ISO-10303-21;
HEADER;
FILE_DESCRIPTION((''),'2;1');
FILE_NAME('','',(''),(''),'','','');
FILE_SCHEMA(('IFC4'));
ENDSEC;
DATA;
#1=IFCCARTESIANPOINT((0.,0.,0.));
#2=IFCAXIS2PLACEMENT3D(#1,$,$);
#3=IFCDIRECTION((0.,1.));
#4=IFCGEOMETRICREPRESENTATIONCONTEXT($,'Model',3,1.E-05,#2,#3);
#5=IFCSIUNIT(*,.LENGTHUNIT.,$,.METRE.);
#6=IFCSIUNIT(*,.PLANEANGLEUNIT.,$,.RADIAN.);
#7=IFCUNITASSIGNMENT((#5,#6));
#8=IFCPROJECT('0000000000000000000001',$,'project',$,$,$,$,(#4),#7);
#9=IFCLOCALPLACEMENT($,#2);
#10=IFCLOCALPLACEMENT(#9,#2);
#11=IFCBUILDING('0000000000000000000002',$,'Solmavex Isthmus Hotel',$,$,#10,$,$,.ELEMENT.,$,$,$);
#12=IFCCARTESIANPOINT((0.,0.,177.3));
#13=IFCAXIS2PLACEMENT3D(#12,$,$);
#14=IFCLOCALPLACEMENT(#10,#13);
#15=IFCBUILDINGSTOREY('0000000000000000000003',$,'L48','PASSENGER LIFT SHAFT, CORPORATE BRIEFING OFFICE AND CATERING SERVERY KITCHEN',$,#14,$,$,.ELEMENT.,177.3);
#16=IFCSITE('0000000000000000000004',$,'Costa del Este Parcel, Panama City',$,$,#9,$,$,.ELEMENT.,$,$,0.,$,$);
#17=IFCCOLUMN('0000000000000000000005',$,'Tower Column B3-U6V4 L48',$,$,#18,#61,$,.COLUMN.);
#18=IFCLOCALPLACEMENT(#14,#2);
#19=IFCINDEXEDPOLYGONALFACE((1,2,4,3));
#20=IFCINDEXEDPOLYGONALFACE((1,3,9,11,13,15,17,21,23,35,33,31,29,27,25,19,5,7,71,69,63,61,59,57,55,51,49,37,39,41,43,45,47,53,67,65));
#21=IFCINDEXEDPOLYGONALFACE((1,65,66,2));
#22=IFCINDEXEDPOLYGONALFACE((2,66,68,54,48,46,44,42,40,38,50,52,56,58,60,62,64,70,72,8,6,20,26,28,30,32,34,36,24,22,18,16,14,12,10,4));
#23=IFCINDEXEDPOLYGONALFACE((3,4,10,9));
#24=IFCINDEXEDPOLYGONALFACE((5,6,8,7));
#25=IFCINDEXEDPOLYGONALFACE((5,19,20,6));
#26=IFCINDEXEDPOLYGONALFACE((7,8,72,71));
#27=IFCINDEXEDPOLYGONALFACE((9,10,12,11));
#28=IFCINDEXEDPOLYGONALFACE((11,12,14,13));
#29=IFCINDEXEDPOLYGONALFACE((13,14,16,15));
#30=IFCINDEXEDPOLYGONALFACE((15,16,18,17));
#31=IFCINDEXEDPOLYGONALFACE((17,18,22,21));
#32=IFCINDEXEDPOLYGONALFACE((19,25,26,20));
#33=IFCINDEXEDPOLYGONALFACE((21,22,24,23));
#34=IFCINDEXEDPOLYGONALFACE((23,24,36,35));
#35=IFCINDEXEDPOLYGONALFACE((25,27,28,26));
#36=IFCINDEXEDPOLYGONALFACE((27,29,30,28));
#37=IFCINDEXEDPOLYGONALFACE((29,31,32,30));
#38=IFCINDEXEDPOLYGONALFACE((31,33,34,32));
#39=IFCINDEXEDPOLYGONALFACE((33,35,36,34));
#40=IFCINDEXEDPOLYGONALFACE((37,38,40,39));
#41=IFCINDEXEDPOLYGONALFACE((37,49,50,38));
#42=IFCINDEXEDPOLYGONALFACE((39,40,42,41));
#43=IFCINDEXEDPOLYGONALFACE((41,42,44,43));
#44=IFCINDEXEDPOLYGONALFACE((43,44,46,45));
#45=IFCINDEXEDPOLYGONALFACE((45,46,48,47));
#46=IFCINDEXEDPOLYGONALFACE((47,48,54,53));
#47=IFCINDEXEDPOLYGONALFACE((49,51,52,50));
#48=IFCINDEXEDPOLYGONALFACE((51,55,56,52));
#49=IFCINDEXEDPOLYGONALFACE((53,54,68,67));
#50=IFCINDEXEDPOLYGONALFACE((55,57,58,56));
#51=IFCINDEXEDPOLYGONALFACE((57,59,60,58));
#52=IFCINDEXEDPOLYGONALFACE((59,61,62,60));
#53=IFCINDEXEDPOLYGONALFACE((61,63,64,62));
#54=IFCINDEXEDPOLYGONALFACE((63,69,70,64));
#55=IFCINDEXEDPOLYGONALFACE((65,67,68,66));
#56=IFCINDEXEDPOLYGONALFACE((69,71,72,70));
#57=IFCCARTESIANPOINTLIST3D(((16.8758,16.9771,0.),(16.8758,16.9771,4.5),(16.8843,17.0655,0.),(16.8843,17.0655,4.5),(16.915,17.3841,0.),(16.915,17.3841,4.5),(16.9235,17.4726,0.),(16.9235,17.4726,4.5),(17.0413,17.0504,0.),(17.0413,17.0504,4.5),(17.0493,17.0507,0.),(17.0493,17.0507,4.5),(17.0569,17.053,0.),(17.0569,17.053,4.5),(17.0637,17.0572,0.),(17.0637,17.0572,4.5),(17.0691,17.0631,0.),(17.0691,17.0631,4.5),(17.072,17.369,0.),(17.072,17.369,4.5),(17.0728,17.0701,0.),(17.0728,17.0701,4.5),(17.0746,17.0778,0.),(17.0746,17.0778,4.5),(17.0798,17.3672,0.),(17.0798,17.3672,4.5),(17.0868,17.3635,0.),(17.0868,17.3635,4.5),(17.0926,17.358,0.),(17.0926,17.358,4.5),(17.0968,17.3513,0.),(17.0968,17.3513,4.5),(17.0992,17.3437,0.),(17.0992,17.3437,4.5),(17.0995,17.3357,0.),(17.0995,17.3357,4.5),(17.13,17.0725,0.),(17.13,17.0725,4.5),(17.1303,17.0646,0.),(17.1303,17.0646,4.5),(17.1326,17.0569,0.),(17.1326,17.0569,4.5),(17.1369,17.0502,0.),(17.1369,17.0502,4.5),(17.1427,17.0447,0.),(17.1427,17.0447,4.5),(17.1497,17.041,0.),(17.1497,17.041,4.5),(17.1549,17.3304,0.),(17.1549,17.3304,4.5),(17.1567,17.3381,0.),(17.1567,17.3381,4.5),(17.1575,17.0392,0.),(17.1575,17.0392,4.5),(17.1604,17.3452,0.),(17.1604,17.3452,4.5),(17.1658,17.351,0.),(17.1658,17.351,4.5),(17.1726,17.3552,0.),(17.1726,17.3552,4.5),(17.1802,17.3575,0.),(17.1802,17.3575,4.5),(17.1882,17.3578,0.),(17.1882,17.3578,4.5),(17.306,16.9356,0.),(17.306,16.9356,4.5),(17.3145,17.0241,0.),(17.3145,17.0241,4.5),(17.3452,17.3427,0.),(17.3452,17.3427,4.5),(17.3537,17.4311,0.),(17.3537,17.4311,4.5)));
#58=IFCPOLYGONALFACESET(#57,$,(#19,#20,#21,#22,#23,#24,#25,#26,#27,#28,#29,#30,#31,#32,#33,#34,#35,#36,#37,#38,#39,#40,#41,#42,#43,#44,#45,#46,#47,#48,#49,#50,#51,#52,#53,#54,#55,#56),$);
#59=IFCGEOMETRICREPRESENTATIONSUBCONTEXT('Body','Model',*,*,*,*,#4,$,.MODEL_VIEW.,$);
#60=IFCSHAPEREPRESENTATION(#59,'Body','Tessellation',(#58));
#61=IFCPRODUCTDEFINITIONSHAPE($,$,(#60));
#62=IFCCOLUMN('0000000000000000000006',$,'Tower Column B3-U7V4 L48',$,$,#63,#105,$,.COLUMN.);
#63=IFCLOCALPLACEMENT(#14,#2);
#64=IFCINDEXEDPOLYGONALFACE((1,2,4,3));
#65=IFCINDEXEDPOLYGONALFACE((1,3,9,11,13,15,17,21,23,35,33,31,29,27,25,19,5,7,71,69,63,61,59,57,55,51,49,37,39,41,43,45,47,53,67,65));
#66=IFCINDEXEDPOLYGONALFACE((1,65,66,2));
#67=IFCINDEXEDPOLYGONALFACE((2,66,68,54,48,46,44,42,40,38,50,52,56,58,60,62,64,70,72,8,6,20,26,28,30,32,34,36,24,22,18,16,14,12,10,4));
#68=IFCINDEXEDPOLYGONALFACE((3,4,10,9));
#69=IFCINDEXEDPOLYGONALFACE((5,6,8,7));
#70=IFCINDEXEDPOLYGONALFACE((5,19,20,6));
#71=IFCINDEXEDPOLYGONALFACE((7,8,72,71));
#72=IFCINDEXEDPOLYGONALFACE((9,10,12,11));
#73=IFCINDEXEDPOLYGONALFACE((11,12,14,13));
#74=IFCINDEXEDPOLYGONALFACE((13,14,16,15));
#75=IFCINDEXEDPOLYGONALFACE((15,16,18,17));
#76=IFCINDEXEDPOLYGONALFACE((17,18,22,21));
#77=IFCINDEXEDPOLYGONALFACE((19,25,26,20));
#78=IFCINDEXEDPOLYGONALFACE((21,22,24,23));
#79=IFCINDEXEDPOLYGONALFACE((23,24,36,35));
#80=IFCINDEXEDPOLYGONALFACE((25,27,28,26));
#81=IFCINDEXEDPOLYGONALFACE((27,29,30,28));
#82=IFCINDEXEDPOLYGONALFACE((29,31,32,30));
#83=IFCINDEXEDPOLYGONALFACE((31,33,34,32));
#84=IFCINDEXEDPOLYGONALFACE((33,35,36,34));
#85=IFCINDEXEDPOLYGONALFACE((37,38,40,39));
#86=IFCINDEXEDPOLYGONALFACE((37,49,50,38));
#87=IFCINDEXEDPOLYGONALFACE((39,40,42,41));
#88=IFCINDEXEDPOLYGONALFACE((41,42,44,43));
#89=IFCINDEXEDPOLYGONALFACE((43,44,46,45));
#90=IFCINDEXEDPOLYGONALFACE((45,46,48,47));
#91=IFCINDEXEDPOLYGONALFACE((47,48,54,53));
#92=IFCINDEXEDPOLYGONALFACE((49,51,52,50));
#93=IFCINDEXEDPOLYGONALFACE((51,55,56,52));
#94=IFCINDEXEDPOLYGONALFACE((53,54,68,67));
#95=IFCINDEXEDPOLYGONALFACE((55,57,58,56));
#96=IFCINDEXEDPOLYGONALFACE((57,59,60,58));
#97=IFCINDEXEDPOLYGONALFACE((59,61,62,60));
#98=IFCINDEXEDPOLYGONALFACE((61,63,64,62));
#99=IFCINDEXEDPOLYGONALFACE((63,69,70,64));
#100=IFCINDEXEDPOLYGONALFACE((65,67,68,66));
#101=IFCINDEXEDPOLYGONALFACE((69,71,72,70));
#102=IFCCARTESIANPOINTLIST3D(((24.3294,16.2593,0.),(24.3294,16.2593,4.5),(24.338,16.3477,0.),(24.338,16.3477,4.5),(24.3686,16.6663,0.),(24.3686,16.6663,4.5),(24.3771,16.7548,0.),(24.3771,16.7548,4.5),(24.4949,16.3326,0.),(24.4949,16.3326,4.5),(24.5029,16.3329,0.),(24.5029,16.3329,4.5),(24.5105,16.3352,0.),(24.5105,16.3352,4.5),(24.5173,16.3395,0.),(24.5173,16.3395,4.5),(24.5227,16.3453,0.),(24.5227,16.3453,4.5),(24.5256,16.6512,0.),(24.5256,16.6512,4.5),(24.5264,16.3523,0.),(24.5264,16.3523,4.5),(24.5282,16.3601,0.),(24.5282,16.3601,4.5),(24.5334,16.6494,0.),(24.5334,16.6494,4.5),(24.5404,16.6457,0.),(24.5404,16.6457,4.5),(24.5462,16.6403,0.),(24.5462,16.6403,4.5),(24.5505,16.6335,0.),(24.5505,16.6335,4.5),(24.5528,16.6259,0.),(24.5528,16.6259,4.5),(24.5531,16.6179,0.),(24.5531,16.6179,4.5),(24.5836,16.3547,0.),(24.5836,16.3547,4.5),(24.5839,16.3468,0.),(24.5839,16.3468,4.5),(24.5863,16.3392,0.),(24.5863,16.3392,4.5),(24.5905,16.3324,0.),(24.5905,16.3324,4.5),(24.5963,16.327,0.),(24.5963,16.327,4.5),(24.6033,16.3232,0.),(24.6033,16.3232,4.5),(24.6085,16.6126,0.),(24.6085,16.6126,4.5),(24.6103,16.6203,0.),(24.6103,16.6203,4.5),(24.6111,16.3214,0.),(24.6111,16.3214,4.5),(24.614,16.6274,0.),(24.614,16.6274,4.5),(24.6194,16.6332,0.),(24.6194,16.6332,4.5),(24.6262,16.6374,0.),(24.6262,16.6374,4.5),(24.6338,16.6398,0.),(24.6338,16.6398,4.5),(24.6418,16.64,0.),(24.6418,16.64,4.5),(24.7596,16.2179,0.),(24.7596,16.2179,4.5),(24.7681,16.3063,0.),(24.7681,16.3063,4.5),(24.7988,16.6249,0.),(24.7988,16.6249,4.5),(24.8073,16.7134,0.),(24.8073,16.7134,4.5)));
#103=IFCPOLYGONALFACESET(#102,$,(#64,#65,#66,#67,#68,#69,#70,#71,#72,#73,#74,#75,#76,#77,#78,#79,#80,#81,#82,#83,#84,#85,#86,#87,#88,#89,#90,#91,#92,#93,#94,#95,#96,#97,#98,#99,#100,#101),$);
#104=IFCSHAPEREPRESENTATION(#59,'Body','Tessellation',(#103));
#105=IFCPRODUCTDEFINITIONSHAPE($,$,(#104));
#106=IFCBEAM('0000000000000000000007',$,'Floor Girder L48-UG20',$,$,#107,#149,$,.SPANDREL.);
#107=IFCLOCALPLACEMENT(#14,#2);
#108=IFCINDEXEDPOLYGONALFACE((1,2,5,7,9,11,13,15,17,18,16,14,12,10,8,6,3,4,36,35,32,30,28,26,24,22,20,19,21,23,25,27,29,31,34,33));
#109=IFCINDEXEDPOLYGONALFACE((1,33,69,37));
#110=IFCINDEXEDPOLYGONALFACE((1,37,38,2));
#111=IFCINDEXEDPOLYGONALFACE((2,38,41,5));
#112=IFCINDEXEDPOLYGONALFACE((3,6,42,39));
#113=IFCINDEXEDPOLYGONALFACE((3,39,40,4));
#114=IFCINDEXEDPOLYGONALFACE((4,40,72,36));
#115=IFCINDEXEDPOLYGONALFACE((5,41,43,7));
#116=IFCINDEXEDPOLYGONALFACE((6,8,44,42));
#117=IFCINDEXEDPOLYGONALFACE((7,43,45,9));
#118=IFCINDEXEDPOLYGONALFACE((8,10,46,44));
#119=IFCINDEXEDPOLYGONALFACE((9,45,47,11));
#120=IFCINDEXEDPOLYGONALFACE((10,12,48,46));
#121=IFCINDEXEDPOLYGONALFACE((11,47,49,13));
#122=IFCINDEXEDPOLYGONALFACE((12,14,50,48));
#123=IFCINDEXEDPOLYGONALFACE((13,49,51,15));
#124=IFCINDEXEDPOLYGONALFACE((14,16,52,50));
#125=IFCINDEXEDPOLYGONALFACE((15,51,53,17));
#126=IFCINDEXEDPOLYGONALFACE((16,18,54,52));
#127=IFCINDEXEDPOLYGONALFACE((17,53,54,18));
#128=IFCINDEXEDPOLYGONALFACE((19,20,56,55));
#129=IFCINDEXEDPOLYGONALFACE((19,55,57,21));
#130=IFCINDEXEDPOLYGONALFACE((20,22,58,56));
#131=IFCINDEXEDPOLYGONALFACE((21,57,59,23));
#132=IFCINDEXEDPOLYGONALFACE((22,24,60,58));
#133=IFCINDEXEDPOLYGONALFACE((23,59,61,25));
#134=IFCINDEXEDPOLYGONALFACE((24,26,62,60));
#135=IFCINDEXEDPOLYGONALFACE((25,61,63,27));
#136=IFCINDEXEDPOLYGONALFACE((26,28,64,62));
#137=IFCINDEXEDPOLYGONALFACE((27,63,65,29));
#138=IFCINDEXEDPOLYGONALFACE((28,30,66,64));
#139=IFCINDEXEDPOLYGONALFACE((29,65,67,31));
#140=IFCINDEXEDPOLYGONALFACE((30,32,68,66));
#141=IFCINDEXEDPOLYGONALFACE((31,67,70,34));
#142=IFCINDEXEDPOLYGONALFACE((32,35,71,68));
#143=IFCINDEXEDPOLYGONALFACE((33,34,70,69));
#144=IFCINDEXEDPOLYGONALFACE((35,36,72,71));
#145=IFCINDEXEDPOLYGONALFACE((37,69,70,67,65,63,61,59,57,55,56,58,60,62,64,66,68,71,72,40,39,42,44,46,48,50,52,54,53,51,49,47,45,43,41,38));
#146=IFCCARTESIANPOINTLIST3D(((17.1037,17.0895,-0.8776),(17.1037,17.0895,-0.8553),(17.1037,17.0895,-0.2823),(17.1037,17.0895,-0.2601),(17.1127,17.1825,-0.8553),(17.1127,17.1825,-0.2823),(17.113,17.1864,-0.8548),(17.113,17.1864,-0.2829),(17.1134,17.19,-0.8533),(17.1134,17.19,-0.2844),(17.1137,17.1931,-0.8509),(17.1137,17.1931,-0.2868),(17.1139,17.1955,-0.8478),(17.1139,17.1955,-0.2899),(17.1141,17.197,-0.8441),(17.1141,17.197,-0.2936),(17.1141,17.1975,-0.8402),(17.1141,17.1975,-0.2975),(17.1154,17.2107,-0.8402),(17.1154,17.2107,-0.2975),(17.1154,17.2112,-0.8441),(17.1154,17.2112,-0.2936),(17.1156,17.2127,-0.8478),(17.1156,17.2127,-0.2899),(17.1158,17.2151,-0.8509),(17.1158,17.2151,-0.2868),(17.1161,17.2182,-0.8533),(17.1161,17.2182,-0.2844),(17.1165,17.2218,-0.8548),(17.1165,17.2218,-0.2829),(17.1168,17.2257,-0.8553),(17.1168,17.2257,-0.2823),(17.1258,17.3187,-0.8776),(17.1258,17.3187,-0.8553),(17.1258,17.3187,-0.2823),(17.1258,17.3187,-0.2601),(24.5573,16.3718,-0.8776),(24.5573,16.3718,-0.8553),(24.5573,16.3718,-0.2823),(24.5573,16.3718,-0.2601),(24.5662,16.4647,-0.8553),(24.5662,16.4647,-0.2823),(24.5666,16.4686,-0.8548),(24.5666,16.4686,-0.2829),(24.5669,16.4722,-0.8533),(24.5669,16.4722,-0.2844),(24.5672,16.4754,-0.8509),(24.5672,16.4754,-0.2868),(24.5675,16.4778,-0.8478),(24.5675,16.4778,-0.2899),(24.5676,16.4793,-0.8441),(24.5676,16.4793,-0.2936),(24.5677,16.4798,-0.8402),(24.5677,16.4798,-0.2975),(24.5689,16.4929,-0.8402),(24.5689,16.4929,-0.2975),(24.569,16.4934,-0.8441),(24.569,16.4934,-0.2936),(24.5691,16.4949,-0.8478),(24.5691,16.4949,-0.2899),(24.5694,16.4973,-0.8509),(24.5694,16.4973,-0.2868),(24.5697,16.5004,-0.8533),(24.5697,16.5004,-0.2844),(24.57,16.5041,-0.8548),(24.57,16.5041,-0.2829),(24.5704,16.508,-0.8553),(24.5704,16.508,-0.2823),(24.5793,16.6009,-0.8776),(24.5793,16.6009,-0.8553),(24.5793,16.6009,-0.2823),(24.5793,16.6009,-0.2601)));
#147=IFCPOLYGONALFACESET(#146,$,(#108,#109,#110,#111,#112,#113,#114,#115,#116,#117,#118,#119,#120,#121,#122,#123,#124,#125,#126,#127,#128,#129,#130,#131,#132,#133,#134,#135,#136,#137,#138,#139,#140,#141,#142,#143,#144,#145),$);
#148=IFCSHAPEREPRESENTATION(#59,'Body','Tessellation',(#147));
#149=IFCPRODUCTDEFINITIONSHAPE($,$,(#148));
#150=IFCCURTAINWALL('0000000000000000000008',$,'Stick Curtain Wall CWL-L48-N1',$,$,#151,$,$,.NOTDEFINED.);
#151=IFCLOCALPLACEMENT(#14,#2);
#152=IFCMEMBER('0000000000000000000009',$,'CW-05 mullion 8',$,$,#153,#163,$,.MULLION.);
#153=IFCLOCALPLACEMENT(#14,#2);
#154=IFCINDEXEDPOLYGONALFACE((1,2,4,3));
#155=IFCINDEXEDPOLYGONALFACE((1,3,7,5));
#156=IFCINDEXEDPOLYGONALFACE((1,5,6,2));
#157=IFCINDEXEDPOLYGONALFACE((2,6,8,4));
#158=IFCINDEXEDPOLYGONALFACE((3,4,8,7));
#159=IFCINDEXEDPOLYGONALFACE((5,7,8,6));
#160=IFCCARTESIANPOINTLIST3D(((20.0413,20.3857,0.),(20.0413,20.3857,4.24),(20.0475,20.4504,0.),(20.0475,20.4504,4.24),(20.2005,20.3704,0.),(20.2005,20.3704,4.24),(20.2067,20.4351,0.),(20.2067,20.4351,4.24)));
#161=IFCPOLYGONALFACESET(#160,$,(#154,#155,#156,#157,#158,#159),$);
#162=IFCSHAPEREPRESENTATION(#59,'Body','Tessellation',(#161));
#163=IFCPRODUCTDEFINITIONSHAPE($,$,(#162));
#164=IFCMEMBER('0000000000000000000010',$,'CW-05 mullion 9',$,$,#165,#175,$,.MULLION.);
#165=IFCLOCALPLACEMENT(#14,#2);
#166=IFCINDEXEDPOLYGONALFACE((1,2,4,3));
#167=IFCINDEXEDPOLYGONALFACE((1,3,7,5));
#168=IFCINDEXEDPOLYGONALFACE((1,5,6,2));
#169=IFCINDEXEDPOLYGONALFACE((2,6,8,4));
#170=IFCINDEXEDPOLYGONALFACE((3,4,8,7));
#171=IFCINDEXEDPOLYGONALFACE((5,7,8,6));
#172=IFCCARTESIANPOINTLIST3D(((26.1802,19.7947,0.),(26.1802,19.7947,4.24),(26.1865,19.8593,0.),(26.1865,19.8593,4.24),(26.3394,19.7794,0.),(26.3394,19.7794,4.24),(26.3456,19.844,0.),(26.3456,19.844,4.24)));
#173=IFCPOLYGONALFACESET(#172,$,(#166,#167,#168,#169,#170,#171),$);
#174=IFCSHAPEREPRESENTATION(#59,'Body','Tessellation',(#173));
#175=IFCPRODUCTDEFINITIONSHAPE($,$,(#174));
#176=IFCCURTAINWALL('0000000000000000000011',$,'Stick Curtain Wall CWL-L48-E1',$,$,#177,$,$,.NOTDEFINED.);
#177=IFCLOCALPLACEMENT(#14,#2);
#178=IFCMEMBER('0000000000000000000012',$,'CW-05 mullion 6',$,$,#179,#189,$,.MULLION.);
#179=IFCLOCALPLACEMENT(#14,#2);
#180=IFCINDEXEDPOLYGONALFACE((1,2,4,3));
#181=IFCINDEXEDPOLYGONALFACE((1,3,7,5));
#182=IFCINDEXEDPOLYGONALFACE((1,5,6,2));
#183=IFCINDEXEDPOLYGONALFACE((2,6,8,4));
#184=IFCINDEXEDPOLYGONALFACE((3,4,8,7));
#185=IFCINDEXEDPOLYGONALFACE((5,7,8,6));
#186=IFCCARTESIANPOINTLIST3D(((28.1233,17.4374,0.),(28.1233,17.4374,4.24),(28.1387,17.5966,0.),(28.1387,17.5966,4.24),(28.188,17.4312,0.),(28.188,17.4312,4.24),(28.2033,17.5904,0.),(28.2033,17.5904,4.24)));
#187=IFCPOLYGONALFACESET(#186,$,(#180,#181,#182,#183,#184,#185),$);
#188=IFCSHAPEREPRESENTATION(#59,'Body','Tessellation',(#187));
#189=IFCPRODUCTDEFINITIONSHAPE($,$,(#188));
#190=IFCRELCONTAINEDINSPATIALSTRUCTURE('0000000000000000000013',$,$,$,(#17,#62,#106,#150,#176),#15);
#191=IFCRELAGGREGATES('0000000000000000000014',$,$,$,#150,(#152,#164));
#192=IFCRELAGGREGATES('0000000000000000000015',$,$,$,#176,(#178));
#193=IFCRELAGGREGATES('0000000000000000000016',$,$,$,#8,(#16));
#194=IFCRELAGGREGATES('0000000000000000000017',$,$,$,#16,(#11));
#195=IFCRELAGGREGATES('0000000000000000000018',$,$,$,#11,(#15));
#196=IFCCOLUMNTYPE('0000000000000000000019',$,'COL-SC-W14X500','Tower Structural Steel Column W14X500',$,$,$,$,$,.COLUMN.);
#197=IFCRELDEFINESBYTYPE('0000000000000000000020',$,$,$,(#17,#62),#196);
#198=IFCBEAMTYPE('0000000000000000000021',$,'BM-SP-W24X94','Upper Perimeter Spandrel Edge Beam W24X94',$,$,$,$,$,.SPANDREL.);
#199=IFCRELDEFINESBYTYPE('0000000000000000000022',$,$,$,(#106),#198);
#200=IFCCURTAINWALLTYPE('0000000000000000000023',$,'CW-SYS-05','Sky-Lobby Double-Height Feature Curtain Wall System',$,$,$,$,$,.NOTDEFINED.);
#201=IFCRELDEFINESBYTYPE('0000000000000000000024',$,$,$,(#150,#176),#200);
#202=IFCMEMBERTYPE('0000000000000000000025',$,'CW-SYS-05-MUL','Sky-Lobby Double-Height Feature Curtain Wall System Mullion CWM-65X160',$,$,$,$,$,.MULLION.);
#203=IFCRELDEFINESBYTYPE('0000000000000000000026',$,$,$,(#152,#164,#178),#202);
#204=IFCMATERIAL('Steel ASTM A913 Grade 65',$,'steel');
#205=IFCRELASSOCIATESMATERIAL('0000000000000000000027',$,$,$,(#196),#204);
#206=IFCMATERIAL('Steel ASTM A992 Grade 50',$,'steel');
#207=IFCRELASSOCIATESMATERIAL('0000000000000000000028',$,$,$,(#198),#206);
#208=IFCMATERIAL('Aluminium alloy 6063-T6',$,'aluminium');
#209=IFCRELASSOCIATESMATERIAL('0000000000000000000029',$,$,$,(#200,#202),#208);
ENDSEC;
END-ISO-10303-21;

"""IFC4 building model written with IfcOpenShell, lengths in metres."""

from ifc_helpers import new_model, si_unit, direction, frame, origin, origin_2d, place, context, subcontext, project, spatial, rectangle, i_section, extrude, material, material_profile, profile_set, type_object, element, aggregate, save


model = new_model("IFC4")

# Units and contexts
model_context = context("Model", 3, precision=1e-05, world=origin(), true_north=direction((0.0, 1.0)))
body_context = subcontext(model_context, "Body", "Model", "MODEL_VIEW")
ifc_project = project(units=[si_unit("LENGTHUNIT", "METRE"), si_unit("PLANEANGLEUNIT", "RADIAN")], contexts=[model_context])

# Site, building, storey
site_placement = place(None, origin())
site = spatial("IfcSite", under=ifc_project, at=site_placement, Name="Costa del Este Parcel, Panama City", CompositionType="ELEMENT", RefElevation=0.0)
building_placement = place(site_placement, origin())
building = spatial("IfcBuilding", under=site, at=building_placement, Name="Solmavex Isthmus Hotel", CompositionType="ELEMENT")
storey_placement = place(building_placement, frame((0.0, 0.0, 177.3)))
storey = spatial("IfcBuildingStorey", under=building, at=storey_placement, Name="L48", Description="PASSENGER LIFT SHAFT, CORPORATE BRIEFING OFFICE AND CATERING SERVERY KITCHEN", CompositionType="ELEMENT", Elevation=177.3)

# Columns
ifc_material_1 = material(Name="Steel ASTM A913 Grade 65", Category="steel")
ifc_material_profile_1 = material_profile(ifc_material_1, i_section(OverallWidth=0.4321, OverallDepth=0.4978, WebThickness=0.0557, FlangeThickness=0.0889, FilletRadius=0.0305, at=origin_2d()), Name="W14X500")
ifc_profile_set_1 = profile_set([ifc_material_profile_1], Name="Steel ASTM A913 Grade 65")
column_type = type_object("IfcColumnType", Name="COL-SC-W14X500", Description="Tower Structural Steel Column W14X500", PredefinedType="COLUMN", material=ifc_profile_set_1)
for number, where, z_axis, x_axis, name in (
    (1, (17.1147, 17.2041, 0.0), (0.0, 0.0, 1.0), (0.995396, -0.095846, 0.0), "Tower Column B3-U6V4 L48"),
    (2, (24.5684, 16.4863, 0.0), (0.0, 0.0, 1.0), (0.995396, -0.095846, 0.0), "Tower Column B3-U7V4 L48"),
):
    element("IfcColumn", number, at=place(storey_placement, frame(where, z_axis=z_axis, x_axis=x_axis)), inside=storey, type_object=column_type, Name=name, PredefinedType="COLUMN", context=body_context, shape_type="SweptSolid", body=[
        extrude(i_section(OverallWidth=0.4321, OverallDepth=0.4978, WebThickness=0.0557, FlangeThickness=0.0889, FilletRadius=0.0305, at=origin_2d()), origin(), (0.0, 0.0, 1.0), 4.5),
    ])

# Beam
ifc_material_2 = material(Name="Steel ASTM A992 Grade 50", Category="steel")
ifc_material_profile_2 = material_profile(ifc_material_2, i_section(OverallWidth=0.2302, OverallDepth=0.6174, WebThickness=0.0132, FlangeThickness=0.0222, FilletRadius=0.0151, at=origin_2d()), Name="W24X94")
ifc_profile_set_2 = profile_set([ifc_material_profile_2], Name="Steel ASTM A992 Grade 50")
beam_type = type_object("IfcBeamType", Name="BM-SP-W24X94", Description="Upper Perimeter Spandrel Edge Beam W24X94", PredefinedType="SPANDREL", material=ifc_profile_set_2)
beam_placement = place(storey_placement, frame((17.1147, 17.2041, -0.5688), z_axis=(0.995395, -0.095855, 0.0), x_axis=(0.095855, 0.995395, 0.0)))
element("IfcBeam", 3, at=beam_placement, inside=storey, type_object=beam_type, Name="Floor Girder L48-UG20", PredefinedType="SPANDREL", context=body_context, shape_type="SweptSolid", body=[
    extrude(i_section(OverallWidth=0.2302, OverallDepth=0.6174, WebThickness=0.0132, FlangeThickness=0.0222, FilletRadius=0.0151, at=origin_2d()), origin(), (0.0, 0.0, 1.0), 7.488),
])

# Curtain wall, members
ifc_material_3 = material(Name="Aluminium alloy 6063-T6", Category="aluminium")
curtain_wall_type = type_object("IfcCurtainWallType", Name="CW-SYS-05", Description="Sky-Lobby Double-Height Feature Curtain Wall System", PredefinedType="NOTDEFINED", material=ifc_material_3)
curtain_wall_1_placement = place(storey_placement, origin())
curtain_wall_1 = element("IfcCurtainWall", 4, at=curtain_wall_1_placement, inside=storey, type_object=curtain_wall_type, Name="Stick Curtain Wall CWL-L48-N1", PredefinedType="NOTDEFINED")
ifc_material_profile_3 = material_profile(ifc_material_3, rectangle(XDim=0.0649, YDim=0.1599, at=origin_2d()), Name="CWM-65X160")
ifc_profile_set_3 = profile_set([ifc_material_profile_3], Name="Aluminium alloy 6063-T6")
member_type_1 = type_object("IfcMemberType", Name="CW-SYS-05-MUL", Description="Sky-Lobby Double-Height Feature Curtain Wall System Mullion CWM-65X160", PredefinedType="MULLION", material=ifc_profile_set_3)
member_1_placement = place(storey_placement, frame((20.124, 20.4104, 0.0), z_axis=(0.0, 0.0, 1.0), x_axis=(0.095846, 0.995396, 0.0)))
member_1 = element("IfcMember", 5, at=member_1_placement, type_object=member_type_1, Name="CW-05 mullion 8", PredefinedType="MULLION", context=body_context, shape_type="SweptSolid", body=[
    extrude(rectangle(XDim=0.0649, YDim=0.1599, at=origin_2d()), origin(), (0.0, 0.0, 1.0), 4.24),
])
member_2_placement = place(storey_placement, frame((26.2629, 19.8193, 0.0), z_axis=(0.0, 0.0, 1.0), x_axis=(0.095846, 0.995396, 0.0)))
member_2 = element("IfcMember", 6, at=member_2_placement, type_object=member_type_1, Name="CW-05 mullion 9", PredefinedType="MULLION", context=body_context, shape_type="SweptSolid", body=[
    extrude(rectangle(XDim=0.0649, YDim=0.1599, at=origin_2d()), origin(), (0.0, 0.0, 1.0), 4.24),
])

# Curtain wall, member
curtain_wall_2_placement = place(storey_placement, origin())
curtain_wall_2 = element("IfcCurtainWall", 7, at=curtain_wall_2_placement, inside=storey, type_object=curtain_wall_type, Name="Stick Curtain Wall CWL-L48-E1", PredefinedType="NOTDEFINED")
member_3_placement = place(storey_placement, frame((28.1633, 17.5139, 0.0), z_axis=(0.0, 0.0, 1.0), x_axis=(-0.995396, 0.095846, 0.0)))
member_3 = element("IfcMember", 8, at=member_3_placement, type_object=member_type_1, Name="CW-05 mullion 6", PredefinedType="MULLION", context=body_context, shape_type="SweptSolid", body=[
    extrude(rectangle(XDim=0.0649, YDim=0.1599, at=origin_2d()), origin(), (0.0, 0.0, 1.0), 4.24),
])

aggregate(curtain_wall_1, [member_1, member_2])
aggregate(curtain_wall_2, [member_3])

save(model, "model.ifc")
